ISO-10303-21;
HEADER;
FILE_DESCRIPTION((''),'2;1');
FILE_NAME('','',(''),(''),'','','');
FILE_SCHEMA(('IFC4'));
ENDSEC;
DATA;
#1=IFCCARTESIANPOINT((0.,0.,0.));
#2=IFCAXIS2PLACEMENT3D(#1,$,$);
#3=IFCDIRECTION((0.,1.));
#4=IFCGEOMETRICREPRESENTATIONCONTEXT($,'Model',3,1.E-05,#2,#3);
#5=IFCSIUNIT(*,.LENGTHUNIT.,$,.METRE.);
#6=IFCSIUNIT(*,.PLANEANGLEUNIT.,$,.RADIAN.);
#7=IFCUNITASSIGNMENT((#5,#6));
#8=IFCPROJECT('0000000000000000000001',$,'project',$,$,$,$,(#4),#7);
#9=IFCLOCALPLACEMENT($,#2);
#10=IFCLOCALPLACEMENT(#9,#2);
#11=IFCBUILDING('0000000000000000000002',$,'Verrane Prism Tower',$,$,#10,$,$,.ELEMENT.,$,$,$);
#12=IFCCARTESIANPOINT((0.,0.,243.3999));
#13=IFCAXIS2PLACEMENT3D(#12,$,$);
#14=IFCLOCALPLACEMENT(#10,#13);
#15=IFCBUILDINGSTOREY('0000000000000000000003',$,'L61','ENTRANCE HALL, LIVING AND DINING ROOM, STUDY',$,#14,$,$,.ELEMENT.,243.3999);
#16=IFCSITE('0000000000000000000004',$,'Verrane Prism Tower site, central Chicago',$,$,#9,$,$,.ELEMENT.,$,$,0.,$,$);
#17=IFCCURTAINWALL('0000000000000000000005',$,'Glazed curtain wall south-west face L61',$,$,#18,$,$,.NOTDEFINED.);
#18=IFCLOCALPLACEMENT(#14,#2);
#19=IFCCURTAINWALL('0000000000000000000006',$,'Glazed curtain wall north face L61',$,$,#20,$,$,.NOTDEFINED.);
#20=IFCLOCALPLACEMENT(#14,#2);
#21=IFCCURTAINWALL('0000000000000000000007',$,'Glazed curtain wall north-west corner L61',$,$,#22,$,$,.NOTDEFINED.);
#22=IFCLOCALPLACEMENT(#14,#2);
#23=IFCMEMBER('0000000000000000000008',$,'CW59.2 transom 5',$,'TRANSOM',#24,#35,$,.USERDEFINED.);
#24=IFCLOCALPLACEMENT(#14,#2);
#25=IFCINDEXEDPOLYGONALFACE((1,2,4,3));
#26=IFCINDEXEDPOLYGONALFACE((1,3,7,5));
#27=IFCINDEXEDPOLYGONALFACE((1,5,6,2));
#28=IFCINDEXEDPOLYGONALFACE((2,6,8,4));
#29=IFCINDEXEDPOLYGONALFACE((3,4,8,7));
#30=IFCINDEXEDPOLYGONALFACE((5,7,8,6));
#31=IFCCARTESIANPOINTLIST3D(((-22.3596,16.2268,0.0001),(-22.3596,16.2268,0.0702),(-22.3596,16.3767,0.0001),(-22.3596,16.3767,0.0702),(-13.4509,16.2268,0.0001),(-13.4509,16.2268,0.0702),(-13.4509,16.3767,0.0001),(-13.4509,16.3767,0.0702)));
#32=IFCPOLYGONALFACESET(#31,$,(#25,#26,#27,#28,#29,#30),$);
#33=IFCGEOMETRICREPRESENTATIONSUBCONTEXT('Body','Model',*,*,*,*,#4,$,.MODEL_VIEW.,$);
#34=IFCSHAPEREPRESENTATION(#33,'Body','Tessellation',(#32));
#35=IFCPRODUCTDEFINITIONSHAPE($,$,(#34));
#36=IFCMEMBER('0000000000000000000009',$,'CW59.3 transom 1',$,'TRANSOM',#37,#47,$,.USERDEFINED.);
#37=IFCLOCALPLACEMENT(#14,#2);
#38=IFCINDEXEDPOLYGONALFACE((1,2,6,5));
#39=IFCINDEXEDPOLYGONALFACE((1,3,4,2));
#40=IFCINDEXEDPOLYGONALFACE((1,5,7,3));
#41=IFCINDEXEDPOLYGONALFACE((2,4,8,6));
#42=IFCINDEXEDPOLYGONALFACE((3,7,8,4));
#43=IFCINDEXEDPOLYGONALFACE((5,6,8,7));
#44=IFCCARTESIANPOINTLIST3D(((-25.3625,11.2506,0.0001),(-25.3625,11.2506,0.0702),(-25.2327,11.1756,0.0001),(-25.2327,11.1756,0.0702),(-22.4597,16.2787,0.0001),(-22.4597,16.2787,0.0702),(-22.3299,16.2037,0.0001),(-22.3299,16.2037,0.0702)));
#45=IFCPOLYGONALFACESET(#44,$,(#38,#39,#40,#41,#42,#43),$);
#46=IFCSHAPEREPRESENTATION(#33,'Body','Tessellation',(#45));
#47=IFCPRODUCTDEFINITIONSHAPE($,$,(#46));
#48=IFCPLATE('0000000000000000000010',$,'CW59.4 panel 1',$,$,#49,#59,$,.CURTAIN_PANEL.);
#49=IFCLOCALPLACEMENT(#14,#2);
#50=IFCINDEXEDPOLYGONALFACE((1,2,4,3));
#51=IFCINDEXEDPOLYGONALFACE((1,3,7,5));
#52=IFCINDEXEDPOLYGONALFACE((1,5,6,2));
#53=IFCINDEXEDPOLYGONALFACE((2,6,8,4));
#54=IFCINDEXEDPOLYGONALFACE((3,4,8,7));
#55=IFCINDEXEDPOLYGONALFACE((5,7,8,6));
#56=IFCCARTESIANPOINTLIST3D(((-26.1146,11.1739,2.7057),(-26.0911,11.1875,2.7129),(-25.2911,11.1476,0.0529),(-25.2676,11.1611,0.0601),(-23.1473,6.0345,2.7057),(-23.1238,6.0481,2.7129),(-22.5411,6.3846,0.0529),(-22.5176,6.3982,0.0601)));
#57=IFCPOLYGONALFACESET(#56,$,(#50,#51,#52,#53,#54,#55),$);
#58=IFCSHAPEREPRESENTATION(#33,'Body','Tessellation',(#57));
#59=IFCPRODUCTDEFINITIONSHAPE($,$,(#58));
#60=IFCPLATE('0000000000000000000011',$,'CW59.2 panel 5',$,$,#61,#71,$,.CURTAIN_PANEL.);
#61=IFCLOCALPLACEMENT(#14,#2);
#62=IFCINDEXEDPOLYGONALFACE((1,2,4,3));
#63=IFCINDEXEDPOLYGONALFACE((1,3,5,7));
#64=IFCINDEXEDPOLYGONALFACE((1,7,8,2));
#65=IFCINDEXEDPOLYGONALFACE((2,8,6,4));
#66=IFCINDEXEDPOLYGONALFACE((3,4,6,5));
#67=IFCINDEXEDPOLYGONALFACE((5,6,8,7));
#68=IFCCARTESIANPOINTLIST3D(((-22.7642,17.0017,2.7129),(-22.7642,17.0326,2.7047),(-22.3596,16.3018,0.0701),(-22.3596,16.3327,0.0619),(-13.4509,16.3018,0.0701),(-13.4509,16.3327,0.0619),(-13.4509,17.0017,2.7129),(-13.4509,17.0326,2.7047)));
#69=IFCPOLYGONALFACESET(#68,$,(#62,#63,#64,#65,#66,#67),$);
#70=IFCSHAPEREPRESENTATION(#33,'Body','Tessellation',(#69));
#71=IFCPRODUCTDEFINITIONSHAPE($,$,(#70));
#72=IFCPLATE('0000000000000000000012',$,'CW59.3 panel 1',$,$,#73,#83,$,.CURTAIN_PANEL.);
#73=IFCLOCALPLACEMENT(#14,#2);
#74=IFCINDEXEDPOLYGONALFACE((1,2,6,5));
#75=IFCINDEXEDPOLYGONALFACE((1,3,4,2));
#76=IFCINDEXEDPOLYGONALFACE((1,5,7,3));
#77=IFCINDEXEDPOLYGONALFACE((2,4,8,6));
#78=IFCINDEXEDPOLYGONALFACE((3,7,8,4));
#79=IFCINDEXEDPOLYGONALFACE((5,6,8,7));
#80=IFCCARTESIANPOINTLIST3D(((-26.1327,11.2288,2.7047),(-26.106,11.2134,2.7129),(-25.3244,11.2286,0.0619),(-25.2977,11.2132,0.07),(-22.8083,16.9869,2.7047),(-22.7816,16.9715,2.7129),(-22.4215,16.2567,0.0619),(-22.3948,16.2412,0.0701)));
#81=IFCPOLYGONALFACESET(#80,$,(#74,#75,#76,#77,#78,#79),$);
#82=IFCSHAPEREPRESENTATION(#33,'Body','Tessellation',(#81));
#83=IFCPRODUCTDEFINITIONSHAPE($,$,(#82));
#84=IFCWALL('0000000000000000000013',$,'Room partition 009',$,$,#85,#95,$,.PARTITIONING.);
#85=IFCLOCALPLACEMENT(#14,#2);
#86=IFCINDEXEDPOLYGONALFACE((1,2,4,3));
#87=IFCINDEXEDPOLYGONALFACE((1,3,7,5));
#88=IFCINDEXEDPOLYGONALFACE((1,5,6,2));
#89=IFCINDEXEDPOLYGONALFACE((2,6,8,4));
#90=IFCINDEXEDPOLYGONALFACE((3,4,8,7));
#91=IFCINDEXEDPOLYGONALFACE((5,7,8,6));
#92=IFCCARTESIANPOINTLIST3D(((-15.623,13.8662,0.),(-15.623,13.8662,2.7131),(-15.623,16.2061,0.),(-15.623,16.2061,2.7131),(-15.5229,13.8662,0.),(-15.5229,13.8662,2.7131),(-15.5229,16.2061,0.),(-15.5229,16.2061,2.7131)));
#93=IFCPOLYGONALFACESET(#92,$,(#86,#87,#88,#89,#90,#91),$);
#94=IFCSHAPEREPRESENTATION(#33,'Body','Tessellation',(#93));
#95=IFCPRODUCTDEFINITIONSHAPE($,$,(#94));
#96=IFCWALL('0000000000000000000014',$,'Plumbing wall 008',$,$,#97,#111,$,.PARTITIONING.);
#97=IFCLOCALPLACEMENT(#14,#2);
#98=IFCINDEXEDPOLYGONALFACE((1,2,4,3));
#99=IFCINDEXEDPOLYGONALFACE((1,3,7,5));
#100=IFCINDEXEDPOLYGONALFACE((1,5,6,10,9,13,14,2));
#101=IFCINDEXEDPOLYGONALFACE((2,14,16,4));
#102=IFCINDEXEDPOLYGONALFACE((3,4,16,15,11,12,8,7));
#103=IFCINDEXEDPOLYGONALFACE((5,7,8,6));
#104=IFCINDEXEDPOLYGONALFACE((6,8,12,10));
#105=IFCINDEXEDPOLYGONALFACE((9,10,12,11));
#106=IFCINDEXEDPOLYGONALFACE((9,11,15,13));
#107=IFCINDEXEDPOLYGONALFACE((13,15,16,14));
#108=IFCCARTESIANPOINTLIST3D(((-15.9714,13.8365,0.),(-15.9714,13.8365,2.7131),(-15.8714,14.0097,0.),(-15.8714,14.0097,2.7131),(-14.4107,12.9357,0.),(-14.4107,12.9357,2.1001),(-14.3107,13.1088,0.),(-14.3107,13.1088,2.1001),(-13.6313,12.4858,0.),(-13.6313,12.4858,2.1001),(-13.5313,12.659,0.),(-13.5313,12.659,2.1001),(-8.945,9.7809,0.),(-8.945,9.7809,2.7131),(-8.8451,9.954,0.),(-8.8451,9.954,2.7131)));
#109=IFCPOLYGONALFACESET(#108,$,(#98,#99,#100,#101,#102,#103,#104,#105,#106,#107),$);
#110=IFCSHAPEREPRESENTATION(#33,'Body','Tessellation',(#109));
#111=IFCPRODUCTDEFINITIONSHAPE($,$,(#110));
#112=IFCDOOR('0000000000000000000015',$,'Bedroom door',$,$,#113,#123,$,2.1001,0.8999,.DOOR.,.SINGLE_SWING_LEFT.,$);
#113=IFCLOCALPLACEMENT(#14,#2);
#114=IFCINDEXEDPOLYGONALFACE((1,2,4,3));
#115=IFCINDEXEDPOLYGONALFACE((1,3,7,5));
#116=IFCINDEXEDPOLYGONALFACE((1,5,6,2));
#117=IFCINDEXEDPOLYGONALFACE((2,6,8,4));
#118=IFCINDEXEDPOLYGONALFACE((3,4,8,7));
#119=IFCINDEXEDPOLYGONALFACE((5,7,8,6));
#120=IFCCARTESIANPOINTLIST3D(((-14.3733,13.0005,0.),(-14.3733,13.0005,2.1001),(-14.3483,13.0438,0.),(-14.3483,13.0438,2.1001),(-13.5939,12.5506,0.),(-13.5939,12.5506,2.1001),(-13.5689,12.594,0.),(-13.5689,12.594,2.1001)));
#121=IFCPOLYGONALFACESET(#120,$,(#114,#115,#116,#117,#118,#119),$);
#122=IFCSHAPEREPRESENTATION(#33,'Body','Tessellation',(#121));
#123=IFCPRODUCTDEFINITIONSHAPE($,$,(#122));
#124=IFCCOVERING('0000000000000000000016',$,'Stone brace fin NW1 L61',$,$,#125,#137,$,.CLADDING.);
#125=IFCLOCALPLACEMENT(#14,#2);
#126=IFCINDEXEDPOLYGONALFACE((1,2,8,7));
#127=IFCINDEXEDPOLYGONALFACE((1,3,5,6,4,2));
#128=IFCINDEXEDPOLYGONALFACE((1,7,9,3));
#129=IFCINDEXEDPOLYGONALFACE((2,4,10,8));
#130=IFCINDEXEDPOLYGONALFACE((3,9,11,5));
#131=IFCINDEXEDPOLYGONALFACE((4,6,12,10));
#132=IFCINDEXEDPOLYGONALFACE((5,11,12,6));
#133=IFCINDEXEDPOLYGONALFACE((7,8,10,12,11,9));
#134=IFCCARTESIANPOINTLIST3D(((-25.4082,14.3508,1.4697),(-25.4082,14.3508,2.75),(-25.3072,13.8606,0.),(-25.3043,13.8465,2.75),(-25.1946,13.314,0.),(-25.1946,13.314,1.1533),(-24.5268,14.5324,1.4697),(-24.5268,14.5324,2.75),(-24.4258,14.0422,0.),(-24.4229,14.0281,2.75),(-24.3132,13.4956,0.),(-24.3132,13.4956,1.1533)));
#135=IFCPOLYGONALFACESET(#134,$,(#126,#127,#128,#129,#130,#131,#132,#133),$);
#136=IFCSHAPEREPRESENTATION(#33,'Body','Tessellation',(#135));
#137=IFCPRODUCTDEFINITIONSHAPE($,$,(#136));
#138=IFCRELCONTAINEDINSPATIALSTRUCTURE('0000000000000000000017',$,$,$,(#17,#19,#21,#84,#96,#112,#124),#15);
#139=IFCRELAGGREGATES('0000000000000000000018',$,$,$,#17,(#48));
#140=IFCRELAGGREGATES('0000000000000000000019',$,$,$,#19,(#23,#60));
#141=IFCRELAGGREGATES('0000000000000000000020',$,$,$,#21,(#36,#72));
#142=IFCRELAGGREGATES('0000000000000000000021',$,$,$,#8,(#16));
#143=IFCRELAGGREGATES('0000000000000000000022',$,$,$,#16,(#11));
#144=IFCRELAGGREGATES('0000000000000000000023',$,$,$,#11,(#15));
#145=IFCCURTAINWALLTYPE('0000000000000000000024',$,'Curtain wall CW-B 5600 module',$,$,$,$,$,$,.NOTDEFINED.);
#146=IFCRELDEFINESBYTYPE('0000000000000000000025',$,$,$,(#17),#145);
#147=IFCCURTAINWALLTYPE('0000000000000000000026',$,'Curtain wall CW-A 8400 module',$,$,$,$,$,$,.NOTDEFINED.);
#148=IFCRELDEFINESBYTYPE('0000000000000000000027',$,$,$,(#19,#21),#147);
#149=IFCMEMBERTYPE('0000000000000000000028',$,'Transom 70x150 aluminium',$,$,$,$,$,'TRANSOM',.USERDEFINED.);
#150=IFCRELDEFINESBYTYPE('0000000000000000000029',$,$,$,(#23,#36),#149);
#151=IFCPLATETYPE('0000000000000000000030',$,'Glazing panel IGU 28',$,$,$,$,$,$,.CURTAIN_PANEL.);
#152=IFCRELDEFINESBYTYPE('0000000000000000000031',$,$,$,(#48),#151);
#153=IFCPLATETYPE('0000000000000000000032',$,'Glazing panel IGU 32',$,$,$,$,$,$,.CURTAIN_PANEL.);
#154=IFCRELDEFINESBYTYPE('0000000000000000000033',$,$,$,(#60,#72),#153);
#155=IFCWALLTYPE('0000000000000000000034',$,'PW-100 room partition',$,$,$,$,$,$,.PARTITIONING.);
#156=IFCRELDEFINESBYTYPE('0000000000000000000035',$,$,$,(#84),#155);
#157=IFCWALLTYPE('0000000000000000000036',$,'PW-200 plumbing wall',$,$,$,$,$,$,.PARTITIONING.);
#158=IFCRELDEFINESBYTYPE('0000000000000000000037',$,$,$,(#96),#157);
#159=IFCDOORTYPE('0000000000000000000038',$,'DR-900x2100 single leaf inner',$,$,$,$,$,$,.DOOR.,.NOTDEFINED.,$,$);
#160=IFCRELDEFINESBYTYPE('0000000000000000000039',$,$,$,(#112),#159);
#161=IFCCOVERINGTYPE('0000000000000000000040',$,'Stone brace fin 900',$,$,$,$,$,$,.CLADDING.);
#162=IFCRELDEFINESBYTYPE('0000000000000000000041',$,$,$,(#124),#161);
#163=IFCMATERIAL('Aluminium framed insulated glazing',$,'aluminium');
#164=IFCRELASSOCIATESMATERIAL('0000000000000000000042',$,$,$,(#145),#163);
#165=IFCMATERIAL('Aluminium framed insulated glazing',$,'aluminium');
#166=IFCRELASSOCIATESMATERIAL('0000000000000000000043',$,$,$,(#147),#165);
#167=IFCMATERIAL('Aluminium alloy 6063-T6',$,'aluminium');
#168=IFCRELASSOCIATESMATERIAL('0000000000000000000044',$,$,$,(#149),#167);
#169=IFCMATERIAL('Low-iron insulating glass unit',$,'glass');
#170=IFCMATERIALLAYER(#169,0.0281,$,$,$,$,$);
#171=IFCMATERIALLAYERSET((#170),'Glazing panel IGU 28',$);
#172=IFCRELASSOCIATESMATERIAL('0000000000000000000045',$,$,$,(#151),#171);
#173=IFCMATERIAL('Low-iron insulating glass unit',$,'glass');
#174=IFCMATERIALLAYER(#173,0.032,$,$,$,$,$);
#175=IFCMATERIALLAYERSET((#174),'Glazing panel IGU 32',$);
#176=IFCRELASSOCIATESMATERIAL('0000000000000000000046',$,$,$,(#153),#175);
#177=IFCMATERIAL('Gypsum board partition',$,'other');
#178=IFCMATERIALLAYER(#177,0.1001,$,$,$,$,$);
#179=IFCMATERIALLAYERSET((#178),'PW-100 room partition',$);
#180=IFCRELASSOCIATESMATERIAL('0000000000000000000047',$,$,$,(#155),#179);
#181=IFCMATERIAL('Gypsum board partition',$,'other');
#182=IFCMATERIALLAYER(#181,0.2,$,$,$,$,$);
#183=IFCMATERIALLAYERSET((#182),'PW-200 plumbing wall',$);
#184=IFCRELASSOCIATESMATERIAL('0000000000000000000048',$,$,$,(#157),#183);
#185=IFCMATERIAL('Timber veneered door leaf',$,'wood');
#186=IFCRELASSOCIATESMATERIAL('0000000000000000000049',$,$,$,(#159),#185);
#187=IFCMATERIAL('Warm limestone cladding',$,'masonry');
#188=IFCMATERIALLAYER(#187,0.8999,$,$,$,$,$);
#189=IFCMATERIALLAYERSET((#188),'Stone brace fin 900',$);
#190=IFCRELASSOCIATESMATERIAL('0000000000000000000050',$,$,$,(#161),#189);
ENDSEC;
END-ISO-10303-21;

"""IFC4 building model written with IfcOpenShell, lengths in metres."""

from ifc_helpers import new_model, si_unit, direction, frame, frame_2d, origin, origin_2d, place, context, subcontext, project, spatial, polyline, rectangle, outline, extrude, material, layer, layer_set, material_profile, profile_set, type_object, element, fill, aggregate, save


model = new_model("IFC4")

# Units and contexts
model_context = context("Model", 3, precision=1e-05, world=origin(), true_north=direction((0.0, 1.0)))
body_context = subcontext(model_context, "Body", "Model", "MODEL_VIEW")
ifc_project = project(units=[si_unit("LENGTHUNIT", "METRE"), si_unit("PLANEANGLEUNIT", "RADIAN")], contexts=[model_context])

# Site, building, storey
site_placement = place(None, origin())
site = spatial("IfcSite", under=ifc_project, at=site_placement, Name="Verrane Prism Tower site, central Chicago", CompositionType="ELEMENT", RefElevation=0.0)
building_placement = place(site_placement, origin())
building = spatial("IfcBuilding", under=site, at=building_placement, Name="Verrane Prism Tower", CompositionType="ELEMENT")
storey_placement = place(building_placement, frame((0.0, 0.0, 243.3999)))
storey = spatial("IfcBuildingStorey", under=building, at=storey_placement, Name="L61", Description="ENTRANCE HALL, LIVING AND DINING ROOM, STUDY", CompositionType="ELEMENT", Elevation=243.3999)

# Curtain walls
ifc_material_1 = material(Name="Aluminium framed insulated glazing", Category="aluminium")
curtain_wall_type_1 = type_object("IfcCurtainWallType", Name="Curtain wall CW-B 5600 module", PredefinedType="NOTDEFINED", material=ifc_material_1)
curtain_wall_1_placement = place(storey_placement, origin())
curtain_wall_1 = element("IfcCurtainWall", 1, at=curtain_wall_1_placement, inside=storey, type_object=curtain_wall_type_1, Name="Glazed curtain wall south-west face L61", PredefinedType="NOTDEFINED")
ifc_material_2 = material(Name="Aluminium framed insulated glazing", Category="aluminium")
curtain_wall_type_2 = type_object("IfcCurtainWallType", Name="Curtain wall CW-A 8400 module", PredefinedType="NOTDEFINED", material=ifc_material_2)
curtain_wall_2_placement = place(storey_placement, origin())
curtain_wall_2 = element("IfcCurtainWall", 2, at=curtain_wall_2_placement, inside=storey, type_object=curtain_wall_type_2, Name="Glazed curtain wall north face L61", PredefinedType="NOTDEFINED")
curtain_wall_3_placement = place(storey_placement, origin())
curtain_wall_3 = element("IfcCurtainWall", 3, at=curtain_wall_3_placement, inside=storey, type_object=curtain_wall_type_2, Name="Glazed curtain wall north-west corner L61", PredefinedType="NOTDEFINED")

# Members
ifc_material_3 = material(Name="Aluminium alloy 6063-T6", Category="aluminium")
ifc_material_profile_1 = material_profile(ifc_material_3, rectangle(XDim=0.1499, YDim=0.0701, at=origin_2d()), Name="Transom 70x150 aluminium")
ifc_profile_set_1 = profile_set([ifc_material_profile_1], Name="Aluminium alloy 6063-T6")
member_type_1 = type_object("IfcMemberType", Name="Transom 70x150 aluminium", ElementType="TRANSOM", PredefinedType="USERDEFINED", material=ifc_profile_set_1)
member_1_placement = place(storey_placement, frame((-13.4509, 16.3018, 0.0352), z_axis=(-1.0, 0.0, 0.0), x_axis=(0.0, -1.0, 0.0)))
member_1 = element("IfcMember", 4, at=member_1_placement, type_object=member_type_1, Name="CW59.2 transom 5", ObjectType="TRANSOM", PredefinedType="USERDEFINED", context=body_context, shape_type="SweptSolid", body=[
    extrude(rectangle(XDim=0.1499, YDim=0.0701, at=origin_2d()), origin(), (0.0, 0.0, 1.0), 8.9087),
])
member_2_placement = place(storey_placement, frame((-22.3948, 16.2412, 0.0352), z_axis=(-0.499983, -0.866035, 0.0), x_axis=(0.866035, -0.499983, 0.0)))
member_2 = element("IfcMember", 5, at=member_2_placement, type_object=member_type_1, Name="CW59.3 transom 1", ObjectType="TRANSOM", PredefinedType="USERDEFINED", context=body_context, shape_type="SweptSolid", body=[
    extrude(rectangle(XDim=0.1499, YDim=0.0701, at=origin_2d()), origin(), (0.0, 0.0, 1.0), 5.8059),
])

# Plates
ifc_material_4 = material(Name="Low-iron insulating glass unit", Category="glass")
ifc_layer_1 = layer(ifc_material_4, 0.0281)
ifc_layer_set_1 = layer_set([ifc_layer_1], Name="Glazing panel IGU 28")
plate_type_1 = type_object("IfcPlateType", Name="Glazing panel IGU 28", PredefinedType="CURTAIN_PANEL", material=ifc_layer_set_1)
plate_1_placement = place(storey_placement, frame((-25.2676, 11.1611, 0.0601), z_axis=(0.837358, 0.483463, 0.255137), x_axis=(0.500011, -0.866019, -0.000001)))
plate_1 = element("IfcPlate", 6, at=plate_1_placement, type_object=plate_type_1, Name="CW59.4 panel 1", PredefinedType="CURTAIN_PANEL", context=body_context, shape_type="SweptSolid", body=[
    extrude(outline(polyline([(0.0, 0.0), (5.4998, 0.0), (5.4999, -2.7436), (-0.4346, -2.7436), (0.0, 0.0)])), origin(), (0.0, 0.0, -1.0), 0.0281),
])
aggregate(curtain_wall_1, [plate_1])
ifc_material_5 = material(Name="Low-iron insulating glass unit", Category="glass")
ifc_layer_2 = layer(ifc_material_5, 0.032)
ifc_layer_set_2 = layer_set([ifc_layer_2], Name="Glazing panel IGU 32")
plate_type_2 = type_object("IfcPlateType", Name="Glazing panel IGU 32", PredefinedType="CURTAIN_PANEL", material=ifc_layer_set_2)
plate_2_placement = place(storey_placement, frame((-13.4509, 16.3018, 0.0701), z_axis=(0.0, -0.966671, 0.256023), x_axis=(-1.0, 0.0, 0.0)))
plate_2 = element("IfcPlate", 7, at=plate_2_placement, type_object=plate_type_2, Name="CW59.2 panel 5", PredefinedType="CURTAIN_PANEL", context=body_context, shape_type="SweptSolid", body=[
    extrude(outline(polyline([(0.0, 0.0), (8.9087, 0.0), (9.3132, -2.7339), (0.0, -2.7339), (0.0, 0.0)])), origin(), (0.0, 0.0, -1.0), 0.032),
])
aggregate(curtain_wall_2, [member_1, plate_2])
plate_3_placement = place(storey_placement, frame((-22.3948, 16.2412, 0.0701), z_axis=(0.837153, -0.483324, 0.256072), x_axis=(-0.499994, -0.866029, -0.000003)))
plate_3 = element("IfcPlate", 8, at=plate_3_placement, type_object=plate_type_2, Name="CW59.3 panel 1", PredefinedType="CURTAIN_PANEL", context=body_context, shape_type="SweptSolid", body=[
    extrude(outline(polyline([(0.0, 0.0), (5.8059, 0.0), (6.2098, -2.734), (-0.439, -2.734), (0.0, 0.0)])), origin(), (0.0, 0.0, -1.0), 0.032),
])
aggregate(curtain_wall_3, [member_2, plate_3])

# Wall
ifc_material_6 = material(Name="Gypsum board partition", Category="other")
ifc_layer_3 = layer(ifc_material_6, 0.1001)
ifc_layer_set_3 = layer_set([ifc_layer_3], Name="PW-100 room partition")
wall_type_1 = type_object("IfcWallType", Name="PW-100 room partition", PredefinedType="PARTITIONING", material=ifc_layer_set_3)
wall_1_placement = place(storey_placement, frame((-15.573, 13.8662, 0.0), z_axis=(0.0, 0.0, 1.0), x_axis=(0.0, 1.0, 0.0)))
element("IfcWall", 9, at=wall_1_placement, inside=storey, type_object=wall_type_1, Name="Room partition 009", PredefinedType="PARTITIONING", context=body_context, shape_type="SweptSolid", body=[
    extrude(rectangle(XDim=2.3398, YDim=0.1001, at=frame_2d((1.1699, 0.0))), origin(), (0.0, 0.0, 1.0), 2.7131),
])

# Wall, opening, door
ifc_material_7 = material(Name="Gypsum board partition", Category="other")
ifc_layer_4 = layer(ifc_material_7, 0.2)
ifc_layer_set_4 = layer_set([ifc_layer_4], Name="PW-200 plumbing wall")
wall_type_2 = type_object("IfcWallType", Name="PW-200 plumbing wall", PredefinedType="PARTITIONING", material=ifc_layer_set_4)
wall_2_placement = place(storey_placement, frame((-15.9214, 13.9231, 0.0), z_axis=(0.0, 0.0, 1.0), x_axis=(0.866079, -0.499907, 0.0)))
wall_2 = element("IfcWall", 10, at=wall_2_placement, inside=storey, type_object=wall_type_2, Name="Plumbing wall 008", PredefinedType="PARTITIONING", context=body_context, shape_type="SweptSolid", body=[
    extrude(rectangle(XDim=8.1128, YDim=0.2, at=frame_2d((4.0564, 0.0))), origin(), (0.0, 0.0, 1.0), 2.7131),
])
opening_placement = place(wall_2_placement, frame((1.802, 0.0, 0.0)))
opening = element("IfcOpeningElement", 11, at=opening_placement, cuts=wall_2, PredefinedType="OPENING", context=body_context, shape_type="SweptSolid", body=[
    extrude(rectangle(XDim=0.8999, YDim=2.1001, at=frame_2d((0.45, 1.05))), frame((0.0, 0.1099, 0.0), z_axis=(0.0, -1.0, 0.0), x_axis=(1.0, 0.0, 0.0)), (0.0, 0.0, 1.0), 0.22),
])
ifc_material_8 = material(Name="Timber veneered door leaf", Category="wood")
door_type = type_object("IfcDoorType", Name="DR-900x2100 single leaf inner", OperationType="NOTDEFINED", PredefinedType="DOOR", material=ifc_material_8)
door_placement = place(opening_placement, origin())
door = element("IfcDoor", 12, at=door_placement, inside=storey, type_object=door_type, Name="Bedroom door", OperationType="SINGLE_SWING_LEFT", OverallHeight=2.1001, OverallWidth=0.8999, PredefinedType="DOOR", context=body_context, shape_type="SweptSolid", body=[
    extrude(rectangle(XDim=0.8999, YDim=2.1001, at=frame_2d((0.45, 1.05))), frame((0.0, 0.0249, 0.0), z_axis=(0.0, -1.0, 0.0), x_axis=(1.0, 0.0, 0.0)), (0.0, 0.0, 1.0), 0.05),
])
fill(opening, door)

# Covering
ifc_material_9 = material(Name="Warm limestone cladding", Category="masonry")
ifc_layer_5 = layer(ifc_material_9, 0.8999)
ifc_layer_set_5 = layer_set([ifc_layer_5], Name="Stone brace fin 900")
covering_type = type_object("IfcCoveringType", Name="Stone brace fin 900", PredefinedType="CLADDING", material=ifc_layer_set_5)
covering_placement = place(storey_placement, frame((-24.7539, 13.4048, 0.0), z_axis=(0.0, 0.0, 1.0), x_axis=(-0.20179, 0.979429, 0.0)))
element("IfcCovering", 13, at=covering_placement, inside=storey, type_object=covering_type, Name="Stone brace fin NW1 L61", PredefinedType="CLADDING", context=body_context, shape_type="SweptSolid", body=[
    extrude(outline(polyline([(1.0586, 2.75), (0.5437, 2.75), (0.0, 1.1533), (0.0, 0.0), (0.5581, 0.0), (1.0586, 1.4697), (1.0586, 2.75)])), frame((0.0, 0.45, 0.0), z_axis=(0.0, -1.0, 0.0), x_axis=(1.0, 0.0, 0.0)), (0.0, 0.0, 1.0), 0.8999),
])

save(model, "model.ifc")
